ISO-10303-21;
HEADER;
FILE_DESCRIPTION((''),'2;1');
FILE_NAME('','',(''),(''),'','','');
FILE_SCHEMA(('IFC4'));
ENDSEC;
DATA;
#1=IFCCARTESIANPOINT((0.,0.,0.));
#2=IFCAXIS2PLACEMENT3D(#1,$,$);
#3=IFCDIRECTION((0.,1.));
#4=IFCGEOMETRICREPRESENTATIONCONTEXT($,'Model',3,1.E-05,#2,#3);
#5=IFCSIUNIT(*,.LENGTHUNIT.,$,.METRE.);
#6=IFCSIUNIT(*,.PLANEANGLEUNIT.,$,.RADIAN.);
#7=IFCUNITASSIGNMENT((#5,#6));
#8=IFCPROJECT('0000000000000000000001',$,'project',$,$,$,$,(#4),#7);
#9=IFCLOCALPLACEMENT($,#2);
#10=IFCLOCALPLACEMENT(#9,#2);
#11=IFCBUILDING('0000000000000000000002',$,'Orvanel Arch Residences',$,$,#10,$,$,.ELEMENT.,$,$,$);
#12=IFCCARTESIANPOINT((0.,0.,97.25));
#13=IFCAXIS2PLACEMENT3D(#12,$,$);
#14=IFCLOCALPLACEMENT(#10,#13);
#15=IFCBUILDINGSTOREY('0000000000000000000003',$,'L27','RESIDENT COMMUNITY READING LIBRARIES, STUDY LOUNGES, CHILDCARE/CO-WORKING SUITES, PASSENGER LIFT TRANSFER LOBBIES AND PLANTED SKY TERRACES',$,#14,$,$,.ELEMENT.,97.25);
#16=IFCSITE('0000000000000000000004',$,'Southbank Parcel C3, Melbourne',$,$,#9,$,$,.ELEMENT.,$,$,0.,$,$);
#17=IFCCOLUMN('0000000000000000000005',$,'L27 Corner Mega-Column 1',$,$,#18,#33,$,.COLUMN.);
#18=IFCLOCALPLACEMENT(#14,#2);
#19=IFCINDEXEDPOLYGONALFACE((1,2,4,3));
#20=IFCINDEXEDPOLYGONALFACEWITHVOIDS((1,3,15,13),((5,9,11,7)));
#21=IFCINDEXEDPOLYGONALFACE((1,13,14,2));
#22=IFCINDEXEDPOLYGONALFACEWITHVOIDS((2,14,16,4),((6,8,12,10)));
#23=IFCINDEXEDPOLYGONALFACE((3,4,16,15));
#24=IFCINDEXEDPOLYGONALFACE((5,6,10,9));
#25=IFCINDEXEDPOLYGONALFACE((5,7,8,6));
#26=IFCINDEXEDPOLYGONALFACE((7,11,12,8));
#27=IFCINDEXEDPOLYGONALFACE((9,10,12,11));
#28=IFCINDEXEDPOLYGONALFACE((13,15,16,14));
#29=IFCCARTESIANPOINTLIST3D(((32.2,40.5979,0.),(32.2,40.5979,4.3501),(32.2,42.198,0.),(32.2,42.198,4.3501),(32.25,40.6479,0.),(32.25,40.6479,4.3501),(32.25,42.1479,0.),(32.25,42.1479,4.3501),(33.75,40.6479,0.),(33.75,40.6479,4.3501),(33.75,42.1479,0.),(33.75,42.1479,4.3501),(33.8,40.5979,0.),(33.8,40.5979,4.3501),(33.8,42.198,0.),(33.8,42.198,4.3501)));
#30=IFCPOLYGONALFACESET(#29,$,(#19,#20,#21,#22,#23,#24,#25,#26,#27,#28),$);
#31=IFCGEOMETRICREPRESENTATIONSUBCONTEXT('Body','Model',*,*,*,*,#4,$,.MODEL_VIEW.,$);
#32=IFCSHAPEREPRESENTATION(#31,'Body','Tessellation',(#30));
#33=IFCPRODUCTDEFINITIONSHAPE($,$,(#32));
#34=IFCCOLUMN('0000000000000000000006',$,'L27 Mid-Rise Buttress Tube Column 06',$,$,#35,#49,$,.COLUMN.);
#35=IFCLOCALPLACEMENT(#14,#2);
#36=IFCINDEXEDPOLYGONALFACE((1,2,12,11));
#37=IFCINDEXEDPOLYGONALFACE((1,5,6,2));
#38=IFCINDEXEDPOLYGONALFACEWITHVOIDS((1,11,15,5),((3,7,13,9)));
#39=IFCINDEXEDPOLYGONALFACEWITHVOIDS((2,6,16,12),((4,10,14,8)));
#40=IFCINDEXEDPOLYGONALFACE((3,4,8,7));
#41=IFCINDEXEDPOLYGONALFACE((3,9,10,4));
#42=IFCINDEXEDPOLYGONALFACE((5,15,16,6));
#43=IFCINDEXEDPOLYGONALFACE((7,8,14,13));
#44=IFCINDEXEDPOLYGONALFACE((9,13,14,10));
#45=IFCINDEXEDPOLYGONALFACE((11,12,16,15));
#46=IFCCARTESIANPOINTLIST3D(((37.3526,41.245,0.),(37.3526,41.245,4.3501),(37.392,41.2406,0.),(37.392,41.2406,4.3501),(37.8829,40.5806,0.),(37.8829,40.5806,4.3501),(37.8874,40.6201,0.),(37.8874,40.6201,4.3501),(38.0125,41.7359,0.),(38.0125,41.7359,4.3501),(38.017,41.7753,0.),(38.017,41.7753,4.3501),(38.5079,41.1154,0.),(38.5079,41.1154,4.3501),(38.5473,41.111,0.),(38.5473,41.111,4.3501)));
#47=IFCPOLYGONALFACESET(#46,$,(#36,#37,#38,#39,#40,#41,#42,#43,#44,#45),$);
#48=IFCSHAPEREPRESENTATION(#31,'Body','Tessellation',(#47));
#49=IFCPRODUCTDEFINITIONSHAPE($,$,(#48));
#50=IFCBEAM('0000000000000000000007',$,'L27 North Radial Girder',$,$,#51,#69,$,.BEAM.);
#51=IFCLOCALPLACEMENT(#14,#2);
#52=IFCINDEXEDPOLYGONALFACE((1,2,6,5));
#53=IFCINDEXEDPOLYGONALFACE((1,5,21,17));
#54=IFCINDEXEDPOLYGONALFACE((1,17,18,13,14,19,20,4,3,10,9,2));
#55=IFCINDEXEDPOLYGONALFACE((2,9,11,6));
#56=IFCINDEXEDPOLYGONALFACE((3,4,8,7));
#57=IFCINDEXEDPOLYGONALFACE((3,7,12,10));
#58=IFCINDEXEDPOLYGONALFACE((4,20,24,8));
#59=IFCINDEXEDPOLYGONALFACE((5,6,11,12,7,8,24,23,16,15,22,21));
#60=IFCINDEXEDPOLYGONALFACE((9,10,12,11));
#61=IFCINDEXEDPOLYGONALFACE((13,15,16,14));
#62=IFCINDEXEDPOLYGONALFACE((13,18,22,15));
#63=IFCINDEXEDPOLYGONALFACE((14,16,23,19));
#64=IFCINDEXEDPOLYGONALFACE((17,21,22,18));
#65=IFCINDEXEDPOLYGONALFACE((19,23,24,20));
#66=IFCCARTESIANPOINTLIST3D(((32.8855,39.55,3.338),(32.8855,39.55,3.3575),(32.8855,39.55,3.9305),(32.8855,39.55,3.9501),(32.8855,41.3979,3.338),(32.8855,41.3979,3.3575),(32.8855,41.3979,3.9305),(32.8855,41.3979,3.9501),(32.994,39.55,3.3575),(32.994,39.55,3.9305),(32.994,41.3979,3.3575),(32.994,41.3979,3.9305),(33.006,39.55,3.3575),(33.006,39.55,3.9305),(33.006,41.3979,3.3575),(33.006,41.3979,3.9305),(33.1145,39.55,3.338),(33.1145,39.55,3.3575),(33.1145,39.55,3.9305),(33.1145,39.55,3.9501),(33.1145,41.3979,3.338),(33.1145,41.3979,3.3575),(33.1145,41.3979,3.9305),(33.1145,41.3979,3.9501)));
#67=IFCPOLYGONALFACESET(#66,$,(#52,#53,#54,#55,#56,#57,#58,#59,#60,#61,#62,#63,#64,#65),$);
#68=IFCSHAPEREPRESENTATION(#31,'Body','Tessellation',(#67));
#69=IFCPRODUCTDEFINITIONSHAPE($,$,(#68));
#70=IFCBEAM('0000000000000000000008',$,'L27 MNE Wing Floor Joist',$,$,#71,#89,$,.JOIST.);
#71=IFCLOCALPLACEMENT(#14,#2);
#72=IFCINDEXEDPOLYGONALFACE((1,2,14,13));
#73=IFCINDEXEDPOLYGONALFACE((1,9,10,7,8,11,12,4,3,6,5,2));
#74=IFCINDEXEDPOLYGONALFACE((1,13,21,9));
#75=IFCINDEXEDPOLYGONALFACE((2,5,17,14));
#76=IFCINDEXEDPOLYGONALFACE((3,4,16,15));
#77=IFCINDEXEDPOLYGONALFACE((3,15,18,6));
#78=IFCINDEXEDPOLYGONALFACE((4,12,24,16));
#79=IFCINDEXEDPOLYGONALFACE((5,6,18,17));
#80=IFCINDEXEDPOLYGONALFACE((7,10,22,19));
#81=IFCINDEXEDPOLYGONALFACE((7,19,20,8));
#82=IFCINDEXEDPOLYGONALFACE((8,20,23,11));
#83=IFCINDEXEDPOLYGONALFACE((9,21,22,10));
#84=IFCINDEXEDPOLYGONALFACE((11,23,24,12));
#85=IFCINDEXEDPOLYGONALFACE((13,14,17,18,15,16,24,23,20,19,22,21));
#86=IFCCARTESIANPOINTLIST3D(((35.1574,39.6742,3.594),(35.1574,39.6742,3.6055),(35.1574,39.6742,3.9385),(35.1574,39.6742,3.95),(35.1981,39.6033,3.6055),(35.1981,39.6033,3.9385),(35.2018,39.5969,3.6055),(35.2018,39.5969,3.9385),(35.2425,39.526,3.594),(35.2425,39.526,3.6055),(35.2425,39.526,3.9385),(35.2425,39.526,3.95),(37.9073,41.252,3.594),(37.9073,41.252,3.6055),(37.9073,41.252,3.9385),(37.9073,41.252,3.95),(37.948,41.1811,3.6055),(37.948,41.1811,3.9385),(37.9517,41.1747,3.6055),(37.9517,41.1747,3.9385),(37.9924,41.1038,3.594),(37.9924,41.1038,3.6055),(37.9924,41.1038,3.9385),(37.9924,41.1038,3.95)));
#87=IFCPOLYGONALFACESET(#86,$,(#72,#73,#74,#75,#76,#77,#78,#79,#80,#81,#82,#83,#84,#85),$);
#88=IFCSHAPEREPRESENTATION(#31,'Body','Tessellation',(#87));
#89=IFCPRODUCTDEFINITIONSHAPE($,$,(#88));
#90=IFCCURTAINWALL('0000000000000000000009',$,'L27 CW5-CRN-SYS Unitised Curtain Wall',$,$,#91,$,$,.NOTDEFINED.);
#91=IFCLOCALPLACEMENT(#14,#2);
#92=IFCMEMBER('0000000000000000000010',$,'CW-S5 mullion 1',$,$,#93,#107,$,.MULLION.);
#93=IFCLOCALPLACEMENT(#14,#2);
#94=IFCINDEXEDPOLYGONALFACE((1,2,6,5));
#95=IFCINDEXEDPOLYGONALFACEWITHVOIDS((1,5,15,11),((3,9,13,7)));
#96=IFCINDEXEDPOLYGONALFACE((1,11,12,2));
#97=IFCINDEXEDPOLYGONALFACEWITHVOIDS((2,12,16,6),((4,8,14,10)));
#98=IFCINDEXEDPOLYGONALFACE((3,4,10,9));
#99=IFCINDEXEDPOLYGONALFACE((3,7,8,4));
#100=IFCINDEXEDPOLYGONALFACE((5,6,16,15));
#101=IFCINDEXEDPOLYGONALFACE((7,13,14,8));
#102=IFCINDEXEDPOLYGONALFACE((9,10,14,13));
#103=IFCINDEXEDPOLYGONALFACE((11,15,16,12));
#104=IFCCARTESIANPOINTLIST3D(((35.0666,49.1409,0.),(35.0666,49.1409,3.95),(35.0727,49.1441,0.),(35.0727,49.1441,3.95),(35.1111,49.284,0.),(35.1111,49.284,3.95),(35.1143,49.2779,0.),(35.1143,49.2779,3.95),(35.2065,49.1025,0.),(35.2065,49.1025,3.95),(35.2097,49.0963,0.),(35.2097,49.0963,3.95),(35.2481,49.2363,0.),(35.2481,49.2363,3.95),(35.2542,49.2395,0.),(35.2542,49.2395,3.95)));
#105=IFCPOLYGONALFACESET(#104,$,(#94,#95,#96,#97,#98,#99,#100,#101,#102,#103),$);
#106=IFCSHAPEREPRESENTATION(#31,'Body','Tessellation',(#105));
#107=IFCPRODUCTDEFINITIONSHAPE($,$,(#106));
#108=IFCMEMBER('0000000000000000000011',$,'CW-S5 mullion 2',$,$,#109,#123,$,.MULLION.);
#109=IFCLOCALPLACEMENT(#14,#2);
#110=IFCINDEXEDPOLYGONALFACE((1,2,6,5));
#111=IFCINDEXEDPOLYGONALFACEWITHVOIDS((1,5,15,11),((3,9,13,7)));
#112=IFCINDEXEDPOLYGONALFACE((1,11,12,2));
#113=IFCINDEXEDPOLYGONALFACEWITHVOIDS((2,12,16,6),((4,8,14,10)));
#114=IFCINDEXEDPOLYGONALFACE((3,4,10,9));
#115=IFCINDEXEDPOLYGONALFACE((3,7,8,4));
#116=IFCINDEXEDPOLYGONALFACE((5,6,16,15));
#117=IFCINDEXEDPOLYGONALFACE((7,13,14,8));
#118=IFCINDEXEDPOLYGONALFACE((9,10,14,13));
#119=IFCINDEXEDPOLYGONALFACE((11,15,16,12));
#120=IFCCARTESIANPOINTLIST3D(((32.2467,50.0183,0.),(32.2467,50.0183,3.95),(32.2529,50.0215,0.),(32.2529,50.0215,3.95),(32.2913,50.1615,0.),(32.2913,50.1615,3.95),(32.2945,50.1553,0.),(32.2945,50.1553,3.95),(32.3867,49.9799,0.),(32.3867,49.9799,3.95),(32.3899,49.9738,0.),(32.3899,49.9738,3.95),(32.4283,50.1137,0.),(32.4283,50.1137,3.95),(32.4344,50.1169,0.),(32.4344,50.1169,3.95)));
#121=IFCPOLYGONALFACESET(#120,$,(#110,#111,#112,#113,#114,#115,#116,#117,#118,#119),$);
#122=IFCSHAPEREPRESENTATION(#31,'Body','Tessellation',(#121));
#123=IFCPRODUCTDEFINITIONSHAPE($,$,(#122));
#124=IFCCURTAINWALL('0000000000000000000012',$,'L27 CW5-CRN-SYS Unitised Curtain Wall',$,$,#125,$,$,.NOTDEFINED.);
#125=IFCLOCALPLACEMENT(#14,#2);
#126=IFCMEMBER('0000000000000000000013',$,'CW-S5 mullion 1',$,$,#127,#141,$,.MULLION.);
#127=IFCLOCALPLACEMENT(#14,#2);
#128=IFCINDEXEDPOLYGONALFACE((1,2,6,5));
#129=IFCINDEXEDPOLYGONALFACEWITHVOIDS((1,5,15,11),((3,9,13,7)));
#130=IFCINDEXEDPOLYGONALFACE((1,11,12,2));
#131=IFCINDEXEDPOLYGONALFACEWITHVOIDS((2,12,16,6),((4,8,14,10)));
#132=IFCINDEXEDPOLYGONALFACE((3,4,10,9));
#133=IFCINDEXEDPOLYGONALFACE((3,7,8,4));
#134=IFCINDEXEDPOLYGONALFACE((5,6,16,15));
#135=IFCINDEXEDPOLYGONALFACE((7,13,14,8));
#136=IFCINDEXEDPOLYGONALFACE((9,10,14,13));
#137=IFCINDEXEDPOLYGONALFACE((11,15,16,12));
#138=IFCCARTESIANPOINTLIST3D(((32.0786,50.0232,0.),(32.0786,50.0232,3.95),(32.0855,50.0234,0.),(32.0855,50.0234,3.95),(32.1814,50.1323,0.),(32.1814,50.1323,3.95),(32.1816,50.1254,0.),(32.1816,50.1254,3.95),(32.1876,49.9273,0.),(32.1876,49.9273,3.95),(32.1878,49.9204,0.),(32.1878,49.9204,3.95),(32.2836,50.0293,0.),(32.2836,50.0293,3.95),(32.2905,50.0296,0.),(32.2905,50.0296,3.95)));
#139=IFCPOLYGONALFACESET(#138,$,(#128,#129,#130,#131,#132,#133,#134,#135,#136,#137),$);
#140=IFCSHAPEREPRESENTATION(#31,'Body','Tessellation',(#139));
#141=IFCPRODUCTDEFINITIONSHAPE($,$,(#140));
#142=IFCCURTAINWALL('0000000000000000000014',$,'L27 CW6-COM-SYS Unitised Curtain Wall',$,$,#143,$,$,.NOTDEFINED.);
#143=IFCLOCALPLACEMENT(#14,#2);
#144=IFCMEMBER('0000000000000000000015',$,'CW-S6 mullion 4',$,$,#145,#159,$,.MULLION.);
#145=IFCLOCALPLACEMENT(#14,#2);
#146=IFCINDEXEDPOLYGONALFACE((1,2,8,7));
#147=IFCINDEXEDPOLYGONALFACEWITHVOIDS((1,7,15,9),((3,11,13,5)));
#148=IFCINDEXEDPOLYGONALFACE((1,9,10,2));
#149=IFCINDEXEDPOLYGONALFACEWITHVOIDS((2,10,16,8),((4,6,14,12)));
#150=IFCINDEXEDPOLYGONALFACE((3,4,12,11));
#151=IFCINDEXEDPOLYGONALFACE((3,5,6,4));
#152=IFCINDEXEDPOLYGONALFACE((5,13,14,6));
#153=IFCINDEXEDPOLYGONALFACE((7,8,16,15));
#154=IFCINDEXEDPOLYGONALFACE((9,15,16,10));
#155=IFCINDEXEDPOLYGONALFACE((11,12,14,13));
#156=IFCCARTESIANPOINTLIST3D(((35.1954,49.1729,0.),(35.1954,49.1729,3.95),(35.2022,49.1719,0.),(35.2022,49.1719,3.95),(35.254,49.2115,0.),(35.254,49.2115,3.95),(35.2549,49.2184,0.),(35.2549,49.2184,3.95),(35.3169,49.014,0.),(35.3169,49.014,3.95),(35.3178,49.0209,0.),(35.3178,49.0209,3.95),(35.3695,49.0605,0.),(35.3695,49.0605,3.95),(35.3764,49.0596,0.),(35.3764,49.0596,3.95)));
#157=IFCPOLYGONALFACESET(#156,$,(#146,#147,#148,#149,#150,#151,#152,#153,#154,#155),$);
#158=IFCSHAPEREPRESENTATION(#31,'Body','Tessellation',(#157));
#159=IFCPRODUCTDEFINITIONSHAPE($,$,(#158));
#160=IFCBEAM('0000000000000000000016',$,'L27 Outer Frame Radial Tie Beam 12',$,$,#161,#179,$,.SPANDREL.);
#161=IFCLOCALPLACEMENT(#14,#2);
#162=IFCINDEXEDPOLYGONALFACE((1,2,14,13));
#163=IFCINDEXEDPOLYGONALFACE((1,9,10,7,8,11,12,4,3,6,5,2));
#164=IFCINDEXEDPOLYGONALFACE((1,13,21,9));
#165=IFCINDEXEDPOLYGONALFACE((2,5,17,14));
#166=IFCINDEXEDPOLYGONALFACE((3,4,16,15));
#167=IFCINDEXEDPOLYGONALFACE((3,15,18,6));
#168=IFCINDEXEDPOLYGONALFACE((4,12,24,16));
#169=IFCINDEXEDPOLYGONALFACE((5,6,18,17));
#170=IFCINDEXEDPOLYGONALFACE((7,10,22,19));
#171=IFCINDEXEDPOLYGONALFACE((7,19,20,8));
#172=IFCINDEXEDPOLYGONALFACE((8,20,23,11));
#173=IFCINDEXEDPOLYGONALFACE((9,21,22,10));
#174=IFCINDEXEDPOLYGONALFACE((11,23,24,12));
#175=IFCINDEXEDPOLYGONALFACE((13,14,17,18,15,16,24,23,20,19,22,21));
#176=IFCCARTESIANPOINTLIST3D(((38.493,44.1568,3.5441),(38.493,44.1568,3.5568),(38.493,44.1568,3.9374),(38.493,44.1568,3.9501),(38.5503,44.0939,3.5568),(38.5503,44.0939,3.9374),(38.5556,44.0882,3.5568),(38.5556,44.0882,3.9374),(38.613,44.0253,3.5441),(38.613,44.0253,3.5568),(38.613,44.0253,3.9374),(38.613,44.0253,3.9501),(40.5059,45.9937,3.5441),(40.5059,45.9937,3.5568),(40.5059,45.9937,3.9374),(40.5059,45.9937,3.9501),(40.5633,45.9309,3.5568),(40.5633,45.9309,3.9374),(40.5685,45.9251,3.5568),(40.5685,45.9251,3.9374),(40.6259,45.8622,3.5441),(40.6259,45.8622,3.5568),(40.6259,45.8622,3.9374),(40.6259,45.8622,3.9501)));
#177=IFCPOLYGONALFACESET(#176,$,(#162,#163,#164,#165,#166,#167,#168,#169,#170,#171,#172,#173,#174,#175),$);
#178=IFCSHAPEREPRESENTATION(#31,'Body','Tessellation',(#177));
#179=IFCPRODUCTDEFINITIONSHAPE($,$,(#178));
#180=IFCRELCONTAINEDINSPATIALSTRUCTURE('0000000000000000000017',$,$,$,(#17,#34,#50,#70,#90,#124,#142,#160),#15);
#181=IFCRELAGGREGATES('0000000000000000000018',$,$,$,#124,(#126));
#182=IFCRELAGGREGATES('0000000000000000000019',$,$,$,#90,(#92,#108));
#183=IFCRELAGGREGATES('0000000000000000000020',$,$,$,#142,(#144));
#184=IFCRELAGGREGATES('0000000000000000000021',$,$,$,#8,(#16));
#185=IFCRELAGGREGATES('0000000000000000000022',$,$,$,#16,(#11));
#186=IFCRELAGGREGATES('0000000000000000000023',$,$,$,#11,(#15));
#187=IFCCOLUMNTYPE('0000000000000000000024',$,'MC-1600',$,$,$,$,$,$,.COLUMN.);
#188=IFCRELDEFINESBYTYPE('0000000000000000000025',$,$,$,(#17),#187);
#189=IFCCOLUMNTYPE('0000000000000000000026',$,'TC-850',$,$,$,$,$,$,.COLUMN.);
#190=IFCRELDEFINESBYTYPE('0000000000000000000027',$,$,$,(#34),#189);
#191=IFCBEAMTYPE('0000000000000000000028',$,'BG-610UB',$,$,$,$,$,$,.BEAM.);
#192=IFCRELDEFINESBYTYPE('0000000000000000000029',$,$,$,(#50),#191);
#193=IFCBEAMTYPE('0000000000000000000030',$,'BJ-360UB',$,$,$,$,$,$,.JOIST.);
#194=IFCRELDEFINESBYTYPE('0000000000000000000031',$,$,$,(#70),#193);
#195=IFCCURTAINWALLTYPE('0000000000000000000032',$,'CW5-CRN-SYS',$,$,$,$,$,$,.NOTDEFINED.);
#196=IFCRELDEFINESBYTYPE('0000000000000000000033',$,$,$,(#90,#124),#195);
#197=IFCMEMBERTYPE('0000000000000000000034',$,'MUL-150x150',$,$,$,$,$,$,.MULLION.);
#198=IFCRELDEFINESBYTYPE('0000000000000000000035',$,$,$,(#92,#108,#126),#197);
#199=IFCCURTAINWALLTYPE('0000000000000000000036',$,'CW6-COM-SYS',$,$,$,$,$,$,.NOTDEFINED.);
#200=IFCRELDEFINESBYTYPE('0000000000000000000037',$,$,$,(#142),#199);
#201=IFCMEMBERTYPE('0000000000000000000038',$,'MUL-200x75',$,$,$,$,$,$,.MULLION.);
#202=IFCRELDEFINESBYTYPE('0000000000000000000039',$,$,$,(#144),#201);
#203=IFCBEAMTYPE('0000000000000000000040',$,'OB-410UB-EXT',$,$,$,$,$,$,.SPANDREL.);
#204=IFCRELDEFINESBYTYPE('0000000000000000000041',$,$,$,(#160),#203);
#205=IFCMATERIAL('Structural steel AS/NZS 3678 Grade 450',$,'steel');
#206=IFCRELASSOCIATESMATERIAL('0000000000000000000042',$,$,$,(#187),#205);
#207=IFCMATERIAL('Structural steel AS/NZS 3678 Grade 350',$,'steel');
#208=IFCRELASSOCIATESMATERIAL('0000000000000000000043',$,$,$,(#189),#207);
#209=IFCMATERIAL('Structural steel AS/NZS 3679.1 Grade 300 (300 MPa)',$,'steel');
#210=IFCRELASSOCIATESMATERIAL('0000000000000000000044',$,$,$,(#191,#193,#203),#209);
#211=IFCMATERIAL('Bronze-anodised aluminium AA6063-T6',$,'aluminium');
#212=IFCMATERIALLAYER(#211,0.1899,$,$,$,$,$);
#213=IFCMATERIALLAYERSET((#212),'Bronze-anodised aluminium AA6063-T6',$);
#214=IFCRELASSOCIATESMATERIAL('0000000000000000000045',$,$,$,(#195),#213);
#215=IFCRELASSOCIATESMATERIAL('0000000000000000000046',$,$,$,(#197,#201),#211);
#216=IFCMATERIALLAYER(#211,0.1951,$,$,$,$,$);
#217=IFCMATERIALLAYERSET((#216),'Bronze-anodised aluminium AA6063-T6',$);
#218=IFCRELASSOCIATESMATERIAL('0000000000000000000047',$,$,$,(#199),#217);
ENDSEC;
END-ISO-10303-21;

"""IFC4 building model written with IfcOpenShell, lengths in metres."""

from ifc_helpers import new_model, si_unit, direction, frame, origin, origin_2d, place, context, subcontext, project, spatial, hollow_rectangle, i_section, extrude, material, layer, layer_set, material_profile, profile_set, type_object, element, aggregate, save


model = new_model("IFC4")

# Units and contexts
model_context = context("Model", 3, precision=1e-05, world=origin(), true_north=direction((0.0, 1.0)))
body_context = subcontext(model_context, "Body", "Model", "MODEL_VIEW")
ifc_project = project(units=[si_unit("LENGTHUNIT", "METRE"), si_unit("PLANEANGLEUNIT", "RADIAN")], contexts=[model_context])

# Site, building, storey
site_placement = place(None, origin())
site = spatial("IfcSite", under=ifc_project, at=site_placement, Name="Southbank Parcel C3, Melbourne", CompositionType="ELEMENT", RefElevation=0.0)
building_placement = place(site_placement, origin())
building = spatial("IfcBuilding", under=site, at=building_placement, Name="Orvanel Arch Residences", CompositionType="ELEMENT")
storey_placement = place(building_placement, frame((0.0, 0.0, 97.25)))
storey = spatial("IfcBuildingStorey", under=building, at=storey_placement, Name="L27", Description="RESIDENT COMMUNITY READING LIBRARIES, STUDY LOUNGES, CHILDCARE/CO-WORKING SUITES, PASSENGER LIFT TRANSFER LOBBIES AND PLANTED SKY TERRACES", CompositionType="ELEMENT", Elevation=97.25)

# Columns
ifc_material_1 = material(Name="Structural steel AS/NZS 3678 Grade 450", Category="steel")
ifc_material_profile_1 = material_profile(ifc_material_1, hollow_rectangle(XDim=1.6001, YDim=1.6001, WallThickness=0.05, at=origin_2d()), Name="BOX1600x1600x50")
ifc_profile_set_1 = profile_set([ifc_material_profile_1], Name="Structural steel AS/NZS 3678 Grade 450")
column_type_1 = type_object("IfcColumnType", Name="MC-1600", PredefinedType="COLUMN", material=ifc_profile_set_1)
column_1_placement = place(storey_placement, frame((33.0, 41.3979, 0.0), z_axis=(0.0, 0.0, 1.0), x_axis=(1.0, 0.0, 0.0)))
element("IfcColumn", 1, at=column_1_placement, inside=storey, type_object=column_type_1, Name="L27 Corner Mega-Column 1", PredefinedType="COLUMN", context=body_context, shape_type="SweptSolid", body=[
    extrude(hollow_rectangle(XDim=1.6001, YDim=1.6001, WallThickness=0.05, at=origin_2d()), origin(), (0.0, 0.0, 1.0), 4.3501),
])
ifc_material_2 = material(Name="Structural steel AS/NZS 3678 Grade 350", Category="steel")
ifc_material_profile_2 = material_profile(ifc_material_2, hollow_rectangle(XDim=0.8501, YDim=0.8501, WallThickness=0.0281, at=origin_2d()), Name="BOX850x850x28")
ifc_profile_set_2 = profile_set([ifc_material_profile_2], Name="Structural steel AS/NZS 3678 Grade 350")
column_type_2 = type_object("IfcColumnType", Name="TC-850", PredefinedType="COLUMN", material=ifc_profile_set_2)
column_2_placement = place(storey_placement, frame((37.95, 41.178, 0.0), z_axis=(0.0, 0.0, 1.0), x_axis=(-0.62388, 0.78152, 0.0)))
element("IfcColumn", 2, at=column_2_placement, inside=storey, type_object=column_type_2, Name="L27 Mid-Rise Buttress Tube Column 06", PredefinedType="COLUMN", context=body_context, shape_type="SweptSolid", body=[
    extrude(hollow_rectangle(XDim=0.8501, YDim=0.8501, WallThickness=0.0281, at=origin_2d()), origin(), (0.0, 0.0, 1.0), 4.3501),
])

# Beams
ifc_material_3 = material(Name="Structural steel AS/NZS 3679.1 Grade 300 (300 MPa)", Category="steel")
ifc_material_profile_3 = material_profile(ifc_material_3, i_section(OverallWidth=0.229, OverallDepth=0.6121, WebThickness=0.012, FlangeThickness=0.0195, at=origin_2d()), Name="610UB125")
ifc_profile_set_3 = profile_set([ifc_material_profile_3], Name="Structural steel AS/NZS 3679.1 Grade 300 (300 MPa)")
beam_type_1 = type_object("IfcBeamType", Name="BG-610UB", PredefinedType="BEAM", material=ifc_profile_set_3)
beam_1_placement = place(storey_placement, frame((33.0, 39.55, 3.644), z_axis=(0.0, 1.0, 0.0), x_axis=(-1.0, 0.0, 0.0)))
element("IfcBeam", 3, at=beam_1_placement, inside=storey, type_object=beam_type_1, Name="L27 North Radial Girder", PredefinedType="BEAM", context=body_context, shape_type="SweptSolid", body=[
    extrude(i_section(OverallWidth=0.229, OverallDepth=0.6121, WebThickness=0.012, FlangeThickness=0.0195, at=origin_2d()), origin(), (0.0, 0.0, 1.0), 1.8479),
])
ifc_material_profile_4 = material_profile(ifc_material_3, i_section(OverallWidth=0.1709, OverallDepth=0.356, WebThickness=0.0073, FlangeThickness=0.0115, at=origin_2d()), Name="360UB50.7")
ifc_profile_set_4 = profile_set([ifc_material_profile_4], Name="Structural steel AS/NZS 3679.1 Grade 300 (300 MPa)")
beam_type_2 = type_object("IfcBeamType", Name="BJ-360UB", PredefinedType="JOIST", material=ifc_profile_set_4)
beam_2_placement = place(storey_placement, frame((35.2, 39.6001, 3.772), z_axis=(0.867365, 0.497672, 0.0), x_axis=(-0.497672, 0.867365, 0.0)))
element("IfcBeam", 4, at=beam_2_placement, inside=storey, type_object=beam_type_2, Name="L27 MNE Wing Floor Joist", PredefinedType="JOIST", context=body_context, shape_type="SweptSolid", body=[
    extrude(i_section(OverallWidth=0.1709, OverallDepth=0.356, WebThickness=0.0073, FlangeThickness=0.0115, at=origin_2d()), origin(), (0.0, 0.0, 1.0), 3.1704),
])

# Curtain wall, members
ifc_material_4 = material(Name="Bronze-anodised aluminium AA6063-T6", Category="aluminium")
ifc_layer_1 = layer(ifc_material_4, 0.1899)
ifc_layer_set_1 = layer_set([ifc_layer_1], Name="Bronze-anodised aluminium AA6063-T6")
curtain_wall_type_1 = type_object("IfcCurtainWallType", Name="CW5-CRN-SYS", PredefinedType="NOTDEFINED", material=ifc_layer_set_1)
curtain_wall_1_placement = place(storey_placement, origin())
curtain_wall_1 = element("IfcCurtainWall", 5, at=curtain_wall_1_placement, inside=storey, type_object=curtain_wall_type_1, Name="L27 CW5-CRN-SYS Unitised Curtain Wall", PredefinedType="NOTDEFINED")
ifc_material_profile_5 = material_profile(ifc_material_4, hollow_rectangle(XDim=0.1499, YDim=0.1499, WallThickness=0.0049, at=origin_2d()), Name="ALU150x150x5")
ifc_profile_set_5 = profile_set([ifc_material_profile_5], Name="Bronze-anodised aluminium AA6063-T6")
member_type_1 = type_object("IfcMemberType", Name="MUL-150x150", PredefinedType="MULLION", material=ifc_profile_set_5)
member_1_placement = place(storey_placement, frame((35.1604, 49.1902, 0.0), z_axis=(0.0, 0.0, 1.0), x_axis=(-0.297119, -0.954841, 0.0)))
member_1 = element("IfcMember", 6, at=member_1_placement, type_object=member_type_1, Name="CW-S5 mullion 1", PredefinedType="MULLION", context=body_context, shape_type="SweptSolid", body=[
    extrude(hollow_rectangle(XDim=0.1499, YDim=0.1499, WallThickness=0.0049, at=origin_2d()), origin(), (0.0, 0.0, 1.0), 3.95),
])
member_2_placement = place(storey_placement, frame((32.3406, 50.0676, 0.0), z_axis=(0.0, 0.0, 1.0), x_axis=(-0.297119, -0.954841, 0.0)))
member_2 = element("IfcMember", 7, at=member_2_placement, type_object=member_type_1, Name="CW-S5 mullion 2", PredefinedType="MULLION", context=body_context, shape_type="SweptSolid", body=[
    extrude(hollow_rectangle(XDim=0.1499, YDim=0.1499, WallThickness=0.0049, at=origin_2d()), origin(), (0.0, 0.0, 1.0), 3.95),
])

# Curtain walls, members
curtain_wall_2_placement = place(storey_placement, origin())
curtain_wall_2 = element("IfcCurtainWall", 8, at=curtain_wall_2_placement, inside=storey, type_object=curtain_wall_type_1, Name="L27 CW5-CRN-SYS Unitised Curtain Wall", PredefinedType="NOTDEFINED")
member_3_placement = place(storey_placement, frame((32.1846, 50.0264, 0.0), z_axis=(0.0, 0.0, 1.0), x_axis=(0.72807, -0.685503, 0.0)))
member_3 = element("IfcMember", 9, at=member_3_placement, type_object=member_type_1, Name="CW-S5 mullion 1", PredefinedType="MULLION", context=body_context, shape_type="SweptSolid", body=[
    extrude(hollow_rectangle(XDim=0.1499, YDim=0.1499, WallThickness=0.0049, at=origin_2d()), origin(), (0.0, 0.0, 1.0), 3.95),
])
ifc_layer_2 = layer(ifc_material_4, 0.1951)
ifc_layer_set_2 = layer_set([ifc_layer_2], Name="Bronze-anodised aluminium AA6063-T6")
curtain_wall_type_2 = type_object("IfcCurtainWallType", Name="CW6-COM-SYS", PredefinedType="NOTDEFINED", material=ifc_layer_set_2)
curtain_wall_3_placement = place(storey_placement, origin())
curtain_wall_3 = element("IfcCurtainWall", 10, at=curtain_wall_3_placement, inside=storey, type_object=curtain_wall_type_2, Name="L27 CW6-COM-SYS Unitised Curtain Wall", PredefinedType="NOTDEFINED")
ifc_material_profile_6 = material_profile(ifc_material_4, hollow_rectangle(XDim=0.075, YDim=0.2, WallThickness=0.0049, at=origin_2d()), Name="ALU200x75x5")
ifc_profile_set_6 = profile_set([ifc_material_profile_6], Name="Bronze-anodised aluminium AA6063-T6")
member_type_2 = type_object("IfcMemberType", Name="MUL-200x75", PredefinedType="MULLION", material=ifc_profile_set_6)
member_4_placement = place(storey_placement, frame((35.2859, 49.1162, 0.0), z_axis=(0.0, 0.0, 1.0), x_axis=(-0.794313, -0.607508, 0.0)))
member_4 = element("IfcMember", 11, at=member_4_placement, type_object=member_type_2, Name="CW-S6 mullion 4", PredefinedType="MULLION", context=body_context, shape_type="SweptSolid", body=[
    extrude(hollow_rectangle(XDim=0.075, YDim=0.2, WallThickness=0.0049, at=origin_2d()), origin(), (0.0, 0.0, 1.0), 3.95),
])

# Beam
ifc_material_profile_7 = material_profile(ifc_material_3, i_section(OverallWidth=0.178, OverallDepth=0.406, WebThickness=0.0078, FlangeThickness=0.0127, at=origin_2d()), Name="410UB59.7")
ifc_profile_set_7 = profile_set([ifc_material_profile_7], Name="Structural steel AS/NZS 3679.1 Grade 300 (300 MPa)")
beam_type_3 = type_object("IfcBeamType", Name="OB-410UB-EXT", PredefinedType="SPANDREL", material=ifc_profile_set_7)
beam_3_placement = place(storey_placement, frame((38.553, 44.0911, 3.7471), z_axis=(0.738666, 0.674072, 0.0), x_axis=(-0.674072, 0.738666, 0.0)))
element("IfcBeam", 12, at=beam_3_placement, inside=storey, type_object=beam_type_3, Name="L27 Outer Frame Radial Tie Beam 12", PredefinedType="SPANDREL", context=body_context, shape_type="SweptSolid", body=[
    extrude(i_section(OverallWidth=0.178, OverallDepth=0.406, WebThickness=0.0078, FlangeThickness=0.0127, at=origin_2d()), origin(), (0.0, 0.0, 1.0), 2.7251),
])

aggregate(curtain_wall_2, [member_3])

aggregate(curtain_wall_1, [member_1, member_2])
aggregate(curtain_wall_3, [member_4])

save(model, "model.ifc")
